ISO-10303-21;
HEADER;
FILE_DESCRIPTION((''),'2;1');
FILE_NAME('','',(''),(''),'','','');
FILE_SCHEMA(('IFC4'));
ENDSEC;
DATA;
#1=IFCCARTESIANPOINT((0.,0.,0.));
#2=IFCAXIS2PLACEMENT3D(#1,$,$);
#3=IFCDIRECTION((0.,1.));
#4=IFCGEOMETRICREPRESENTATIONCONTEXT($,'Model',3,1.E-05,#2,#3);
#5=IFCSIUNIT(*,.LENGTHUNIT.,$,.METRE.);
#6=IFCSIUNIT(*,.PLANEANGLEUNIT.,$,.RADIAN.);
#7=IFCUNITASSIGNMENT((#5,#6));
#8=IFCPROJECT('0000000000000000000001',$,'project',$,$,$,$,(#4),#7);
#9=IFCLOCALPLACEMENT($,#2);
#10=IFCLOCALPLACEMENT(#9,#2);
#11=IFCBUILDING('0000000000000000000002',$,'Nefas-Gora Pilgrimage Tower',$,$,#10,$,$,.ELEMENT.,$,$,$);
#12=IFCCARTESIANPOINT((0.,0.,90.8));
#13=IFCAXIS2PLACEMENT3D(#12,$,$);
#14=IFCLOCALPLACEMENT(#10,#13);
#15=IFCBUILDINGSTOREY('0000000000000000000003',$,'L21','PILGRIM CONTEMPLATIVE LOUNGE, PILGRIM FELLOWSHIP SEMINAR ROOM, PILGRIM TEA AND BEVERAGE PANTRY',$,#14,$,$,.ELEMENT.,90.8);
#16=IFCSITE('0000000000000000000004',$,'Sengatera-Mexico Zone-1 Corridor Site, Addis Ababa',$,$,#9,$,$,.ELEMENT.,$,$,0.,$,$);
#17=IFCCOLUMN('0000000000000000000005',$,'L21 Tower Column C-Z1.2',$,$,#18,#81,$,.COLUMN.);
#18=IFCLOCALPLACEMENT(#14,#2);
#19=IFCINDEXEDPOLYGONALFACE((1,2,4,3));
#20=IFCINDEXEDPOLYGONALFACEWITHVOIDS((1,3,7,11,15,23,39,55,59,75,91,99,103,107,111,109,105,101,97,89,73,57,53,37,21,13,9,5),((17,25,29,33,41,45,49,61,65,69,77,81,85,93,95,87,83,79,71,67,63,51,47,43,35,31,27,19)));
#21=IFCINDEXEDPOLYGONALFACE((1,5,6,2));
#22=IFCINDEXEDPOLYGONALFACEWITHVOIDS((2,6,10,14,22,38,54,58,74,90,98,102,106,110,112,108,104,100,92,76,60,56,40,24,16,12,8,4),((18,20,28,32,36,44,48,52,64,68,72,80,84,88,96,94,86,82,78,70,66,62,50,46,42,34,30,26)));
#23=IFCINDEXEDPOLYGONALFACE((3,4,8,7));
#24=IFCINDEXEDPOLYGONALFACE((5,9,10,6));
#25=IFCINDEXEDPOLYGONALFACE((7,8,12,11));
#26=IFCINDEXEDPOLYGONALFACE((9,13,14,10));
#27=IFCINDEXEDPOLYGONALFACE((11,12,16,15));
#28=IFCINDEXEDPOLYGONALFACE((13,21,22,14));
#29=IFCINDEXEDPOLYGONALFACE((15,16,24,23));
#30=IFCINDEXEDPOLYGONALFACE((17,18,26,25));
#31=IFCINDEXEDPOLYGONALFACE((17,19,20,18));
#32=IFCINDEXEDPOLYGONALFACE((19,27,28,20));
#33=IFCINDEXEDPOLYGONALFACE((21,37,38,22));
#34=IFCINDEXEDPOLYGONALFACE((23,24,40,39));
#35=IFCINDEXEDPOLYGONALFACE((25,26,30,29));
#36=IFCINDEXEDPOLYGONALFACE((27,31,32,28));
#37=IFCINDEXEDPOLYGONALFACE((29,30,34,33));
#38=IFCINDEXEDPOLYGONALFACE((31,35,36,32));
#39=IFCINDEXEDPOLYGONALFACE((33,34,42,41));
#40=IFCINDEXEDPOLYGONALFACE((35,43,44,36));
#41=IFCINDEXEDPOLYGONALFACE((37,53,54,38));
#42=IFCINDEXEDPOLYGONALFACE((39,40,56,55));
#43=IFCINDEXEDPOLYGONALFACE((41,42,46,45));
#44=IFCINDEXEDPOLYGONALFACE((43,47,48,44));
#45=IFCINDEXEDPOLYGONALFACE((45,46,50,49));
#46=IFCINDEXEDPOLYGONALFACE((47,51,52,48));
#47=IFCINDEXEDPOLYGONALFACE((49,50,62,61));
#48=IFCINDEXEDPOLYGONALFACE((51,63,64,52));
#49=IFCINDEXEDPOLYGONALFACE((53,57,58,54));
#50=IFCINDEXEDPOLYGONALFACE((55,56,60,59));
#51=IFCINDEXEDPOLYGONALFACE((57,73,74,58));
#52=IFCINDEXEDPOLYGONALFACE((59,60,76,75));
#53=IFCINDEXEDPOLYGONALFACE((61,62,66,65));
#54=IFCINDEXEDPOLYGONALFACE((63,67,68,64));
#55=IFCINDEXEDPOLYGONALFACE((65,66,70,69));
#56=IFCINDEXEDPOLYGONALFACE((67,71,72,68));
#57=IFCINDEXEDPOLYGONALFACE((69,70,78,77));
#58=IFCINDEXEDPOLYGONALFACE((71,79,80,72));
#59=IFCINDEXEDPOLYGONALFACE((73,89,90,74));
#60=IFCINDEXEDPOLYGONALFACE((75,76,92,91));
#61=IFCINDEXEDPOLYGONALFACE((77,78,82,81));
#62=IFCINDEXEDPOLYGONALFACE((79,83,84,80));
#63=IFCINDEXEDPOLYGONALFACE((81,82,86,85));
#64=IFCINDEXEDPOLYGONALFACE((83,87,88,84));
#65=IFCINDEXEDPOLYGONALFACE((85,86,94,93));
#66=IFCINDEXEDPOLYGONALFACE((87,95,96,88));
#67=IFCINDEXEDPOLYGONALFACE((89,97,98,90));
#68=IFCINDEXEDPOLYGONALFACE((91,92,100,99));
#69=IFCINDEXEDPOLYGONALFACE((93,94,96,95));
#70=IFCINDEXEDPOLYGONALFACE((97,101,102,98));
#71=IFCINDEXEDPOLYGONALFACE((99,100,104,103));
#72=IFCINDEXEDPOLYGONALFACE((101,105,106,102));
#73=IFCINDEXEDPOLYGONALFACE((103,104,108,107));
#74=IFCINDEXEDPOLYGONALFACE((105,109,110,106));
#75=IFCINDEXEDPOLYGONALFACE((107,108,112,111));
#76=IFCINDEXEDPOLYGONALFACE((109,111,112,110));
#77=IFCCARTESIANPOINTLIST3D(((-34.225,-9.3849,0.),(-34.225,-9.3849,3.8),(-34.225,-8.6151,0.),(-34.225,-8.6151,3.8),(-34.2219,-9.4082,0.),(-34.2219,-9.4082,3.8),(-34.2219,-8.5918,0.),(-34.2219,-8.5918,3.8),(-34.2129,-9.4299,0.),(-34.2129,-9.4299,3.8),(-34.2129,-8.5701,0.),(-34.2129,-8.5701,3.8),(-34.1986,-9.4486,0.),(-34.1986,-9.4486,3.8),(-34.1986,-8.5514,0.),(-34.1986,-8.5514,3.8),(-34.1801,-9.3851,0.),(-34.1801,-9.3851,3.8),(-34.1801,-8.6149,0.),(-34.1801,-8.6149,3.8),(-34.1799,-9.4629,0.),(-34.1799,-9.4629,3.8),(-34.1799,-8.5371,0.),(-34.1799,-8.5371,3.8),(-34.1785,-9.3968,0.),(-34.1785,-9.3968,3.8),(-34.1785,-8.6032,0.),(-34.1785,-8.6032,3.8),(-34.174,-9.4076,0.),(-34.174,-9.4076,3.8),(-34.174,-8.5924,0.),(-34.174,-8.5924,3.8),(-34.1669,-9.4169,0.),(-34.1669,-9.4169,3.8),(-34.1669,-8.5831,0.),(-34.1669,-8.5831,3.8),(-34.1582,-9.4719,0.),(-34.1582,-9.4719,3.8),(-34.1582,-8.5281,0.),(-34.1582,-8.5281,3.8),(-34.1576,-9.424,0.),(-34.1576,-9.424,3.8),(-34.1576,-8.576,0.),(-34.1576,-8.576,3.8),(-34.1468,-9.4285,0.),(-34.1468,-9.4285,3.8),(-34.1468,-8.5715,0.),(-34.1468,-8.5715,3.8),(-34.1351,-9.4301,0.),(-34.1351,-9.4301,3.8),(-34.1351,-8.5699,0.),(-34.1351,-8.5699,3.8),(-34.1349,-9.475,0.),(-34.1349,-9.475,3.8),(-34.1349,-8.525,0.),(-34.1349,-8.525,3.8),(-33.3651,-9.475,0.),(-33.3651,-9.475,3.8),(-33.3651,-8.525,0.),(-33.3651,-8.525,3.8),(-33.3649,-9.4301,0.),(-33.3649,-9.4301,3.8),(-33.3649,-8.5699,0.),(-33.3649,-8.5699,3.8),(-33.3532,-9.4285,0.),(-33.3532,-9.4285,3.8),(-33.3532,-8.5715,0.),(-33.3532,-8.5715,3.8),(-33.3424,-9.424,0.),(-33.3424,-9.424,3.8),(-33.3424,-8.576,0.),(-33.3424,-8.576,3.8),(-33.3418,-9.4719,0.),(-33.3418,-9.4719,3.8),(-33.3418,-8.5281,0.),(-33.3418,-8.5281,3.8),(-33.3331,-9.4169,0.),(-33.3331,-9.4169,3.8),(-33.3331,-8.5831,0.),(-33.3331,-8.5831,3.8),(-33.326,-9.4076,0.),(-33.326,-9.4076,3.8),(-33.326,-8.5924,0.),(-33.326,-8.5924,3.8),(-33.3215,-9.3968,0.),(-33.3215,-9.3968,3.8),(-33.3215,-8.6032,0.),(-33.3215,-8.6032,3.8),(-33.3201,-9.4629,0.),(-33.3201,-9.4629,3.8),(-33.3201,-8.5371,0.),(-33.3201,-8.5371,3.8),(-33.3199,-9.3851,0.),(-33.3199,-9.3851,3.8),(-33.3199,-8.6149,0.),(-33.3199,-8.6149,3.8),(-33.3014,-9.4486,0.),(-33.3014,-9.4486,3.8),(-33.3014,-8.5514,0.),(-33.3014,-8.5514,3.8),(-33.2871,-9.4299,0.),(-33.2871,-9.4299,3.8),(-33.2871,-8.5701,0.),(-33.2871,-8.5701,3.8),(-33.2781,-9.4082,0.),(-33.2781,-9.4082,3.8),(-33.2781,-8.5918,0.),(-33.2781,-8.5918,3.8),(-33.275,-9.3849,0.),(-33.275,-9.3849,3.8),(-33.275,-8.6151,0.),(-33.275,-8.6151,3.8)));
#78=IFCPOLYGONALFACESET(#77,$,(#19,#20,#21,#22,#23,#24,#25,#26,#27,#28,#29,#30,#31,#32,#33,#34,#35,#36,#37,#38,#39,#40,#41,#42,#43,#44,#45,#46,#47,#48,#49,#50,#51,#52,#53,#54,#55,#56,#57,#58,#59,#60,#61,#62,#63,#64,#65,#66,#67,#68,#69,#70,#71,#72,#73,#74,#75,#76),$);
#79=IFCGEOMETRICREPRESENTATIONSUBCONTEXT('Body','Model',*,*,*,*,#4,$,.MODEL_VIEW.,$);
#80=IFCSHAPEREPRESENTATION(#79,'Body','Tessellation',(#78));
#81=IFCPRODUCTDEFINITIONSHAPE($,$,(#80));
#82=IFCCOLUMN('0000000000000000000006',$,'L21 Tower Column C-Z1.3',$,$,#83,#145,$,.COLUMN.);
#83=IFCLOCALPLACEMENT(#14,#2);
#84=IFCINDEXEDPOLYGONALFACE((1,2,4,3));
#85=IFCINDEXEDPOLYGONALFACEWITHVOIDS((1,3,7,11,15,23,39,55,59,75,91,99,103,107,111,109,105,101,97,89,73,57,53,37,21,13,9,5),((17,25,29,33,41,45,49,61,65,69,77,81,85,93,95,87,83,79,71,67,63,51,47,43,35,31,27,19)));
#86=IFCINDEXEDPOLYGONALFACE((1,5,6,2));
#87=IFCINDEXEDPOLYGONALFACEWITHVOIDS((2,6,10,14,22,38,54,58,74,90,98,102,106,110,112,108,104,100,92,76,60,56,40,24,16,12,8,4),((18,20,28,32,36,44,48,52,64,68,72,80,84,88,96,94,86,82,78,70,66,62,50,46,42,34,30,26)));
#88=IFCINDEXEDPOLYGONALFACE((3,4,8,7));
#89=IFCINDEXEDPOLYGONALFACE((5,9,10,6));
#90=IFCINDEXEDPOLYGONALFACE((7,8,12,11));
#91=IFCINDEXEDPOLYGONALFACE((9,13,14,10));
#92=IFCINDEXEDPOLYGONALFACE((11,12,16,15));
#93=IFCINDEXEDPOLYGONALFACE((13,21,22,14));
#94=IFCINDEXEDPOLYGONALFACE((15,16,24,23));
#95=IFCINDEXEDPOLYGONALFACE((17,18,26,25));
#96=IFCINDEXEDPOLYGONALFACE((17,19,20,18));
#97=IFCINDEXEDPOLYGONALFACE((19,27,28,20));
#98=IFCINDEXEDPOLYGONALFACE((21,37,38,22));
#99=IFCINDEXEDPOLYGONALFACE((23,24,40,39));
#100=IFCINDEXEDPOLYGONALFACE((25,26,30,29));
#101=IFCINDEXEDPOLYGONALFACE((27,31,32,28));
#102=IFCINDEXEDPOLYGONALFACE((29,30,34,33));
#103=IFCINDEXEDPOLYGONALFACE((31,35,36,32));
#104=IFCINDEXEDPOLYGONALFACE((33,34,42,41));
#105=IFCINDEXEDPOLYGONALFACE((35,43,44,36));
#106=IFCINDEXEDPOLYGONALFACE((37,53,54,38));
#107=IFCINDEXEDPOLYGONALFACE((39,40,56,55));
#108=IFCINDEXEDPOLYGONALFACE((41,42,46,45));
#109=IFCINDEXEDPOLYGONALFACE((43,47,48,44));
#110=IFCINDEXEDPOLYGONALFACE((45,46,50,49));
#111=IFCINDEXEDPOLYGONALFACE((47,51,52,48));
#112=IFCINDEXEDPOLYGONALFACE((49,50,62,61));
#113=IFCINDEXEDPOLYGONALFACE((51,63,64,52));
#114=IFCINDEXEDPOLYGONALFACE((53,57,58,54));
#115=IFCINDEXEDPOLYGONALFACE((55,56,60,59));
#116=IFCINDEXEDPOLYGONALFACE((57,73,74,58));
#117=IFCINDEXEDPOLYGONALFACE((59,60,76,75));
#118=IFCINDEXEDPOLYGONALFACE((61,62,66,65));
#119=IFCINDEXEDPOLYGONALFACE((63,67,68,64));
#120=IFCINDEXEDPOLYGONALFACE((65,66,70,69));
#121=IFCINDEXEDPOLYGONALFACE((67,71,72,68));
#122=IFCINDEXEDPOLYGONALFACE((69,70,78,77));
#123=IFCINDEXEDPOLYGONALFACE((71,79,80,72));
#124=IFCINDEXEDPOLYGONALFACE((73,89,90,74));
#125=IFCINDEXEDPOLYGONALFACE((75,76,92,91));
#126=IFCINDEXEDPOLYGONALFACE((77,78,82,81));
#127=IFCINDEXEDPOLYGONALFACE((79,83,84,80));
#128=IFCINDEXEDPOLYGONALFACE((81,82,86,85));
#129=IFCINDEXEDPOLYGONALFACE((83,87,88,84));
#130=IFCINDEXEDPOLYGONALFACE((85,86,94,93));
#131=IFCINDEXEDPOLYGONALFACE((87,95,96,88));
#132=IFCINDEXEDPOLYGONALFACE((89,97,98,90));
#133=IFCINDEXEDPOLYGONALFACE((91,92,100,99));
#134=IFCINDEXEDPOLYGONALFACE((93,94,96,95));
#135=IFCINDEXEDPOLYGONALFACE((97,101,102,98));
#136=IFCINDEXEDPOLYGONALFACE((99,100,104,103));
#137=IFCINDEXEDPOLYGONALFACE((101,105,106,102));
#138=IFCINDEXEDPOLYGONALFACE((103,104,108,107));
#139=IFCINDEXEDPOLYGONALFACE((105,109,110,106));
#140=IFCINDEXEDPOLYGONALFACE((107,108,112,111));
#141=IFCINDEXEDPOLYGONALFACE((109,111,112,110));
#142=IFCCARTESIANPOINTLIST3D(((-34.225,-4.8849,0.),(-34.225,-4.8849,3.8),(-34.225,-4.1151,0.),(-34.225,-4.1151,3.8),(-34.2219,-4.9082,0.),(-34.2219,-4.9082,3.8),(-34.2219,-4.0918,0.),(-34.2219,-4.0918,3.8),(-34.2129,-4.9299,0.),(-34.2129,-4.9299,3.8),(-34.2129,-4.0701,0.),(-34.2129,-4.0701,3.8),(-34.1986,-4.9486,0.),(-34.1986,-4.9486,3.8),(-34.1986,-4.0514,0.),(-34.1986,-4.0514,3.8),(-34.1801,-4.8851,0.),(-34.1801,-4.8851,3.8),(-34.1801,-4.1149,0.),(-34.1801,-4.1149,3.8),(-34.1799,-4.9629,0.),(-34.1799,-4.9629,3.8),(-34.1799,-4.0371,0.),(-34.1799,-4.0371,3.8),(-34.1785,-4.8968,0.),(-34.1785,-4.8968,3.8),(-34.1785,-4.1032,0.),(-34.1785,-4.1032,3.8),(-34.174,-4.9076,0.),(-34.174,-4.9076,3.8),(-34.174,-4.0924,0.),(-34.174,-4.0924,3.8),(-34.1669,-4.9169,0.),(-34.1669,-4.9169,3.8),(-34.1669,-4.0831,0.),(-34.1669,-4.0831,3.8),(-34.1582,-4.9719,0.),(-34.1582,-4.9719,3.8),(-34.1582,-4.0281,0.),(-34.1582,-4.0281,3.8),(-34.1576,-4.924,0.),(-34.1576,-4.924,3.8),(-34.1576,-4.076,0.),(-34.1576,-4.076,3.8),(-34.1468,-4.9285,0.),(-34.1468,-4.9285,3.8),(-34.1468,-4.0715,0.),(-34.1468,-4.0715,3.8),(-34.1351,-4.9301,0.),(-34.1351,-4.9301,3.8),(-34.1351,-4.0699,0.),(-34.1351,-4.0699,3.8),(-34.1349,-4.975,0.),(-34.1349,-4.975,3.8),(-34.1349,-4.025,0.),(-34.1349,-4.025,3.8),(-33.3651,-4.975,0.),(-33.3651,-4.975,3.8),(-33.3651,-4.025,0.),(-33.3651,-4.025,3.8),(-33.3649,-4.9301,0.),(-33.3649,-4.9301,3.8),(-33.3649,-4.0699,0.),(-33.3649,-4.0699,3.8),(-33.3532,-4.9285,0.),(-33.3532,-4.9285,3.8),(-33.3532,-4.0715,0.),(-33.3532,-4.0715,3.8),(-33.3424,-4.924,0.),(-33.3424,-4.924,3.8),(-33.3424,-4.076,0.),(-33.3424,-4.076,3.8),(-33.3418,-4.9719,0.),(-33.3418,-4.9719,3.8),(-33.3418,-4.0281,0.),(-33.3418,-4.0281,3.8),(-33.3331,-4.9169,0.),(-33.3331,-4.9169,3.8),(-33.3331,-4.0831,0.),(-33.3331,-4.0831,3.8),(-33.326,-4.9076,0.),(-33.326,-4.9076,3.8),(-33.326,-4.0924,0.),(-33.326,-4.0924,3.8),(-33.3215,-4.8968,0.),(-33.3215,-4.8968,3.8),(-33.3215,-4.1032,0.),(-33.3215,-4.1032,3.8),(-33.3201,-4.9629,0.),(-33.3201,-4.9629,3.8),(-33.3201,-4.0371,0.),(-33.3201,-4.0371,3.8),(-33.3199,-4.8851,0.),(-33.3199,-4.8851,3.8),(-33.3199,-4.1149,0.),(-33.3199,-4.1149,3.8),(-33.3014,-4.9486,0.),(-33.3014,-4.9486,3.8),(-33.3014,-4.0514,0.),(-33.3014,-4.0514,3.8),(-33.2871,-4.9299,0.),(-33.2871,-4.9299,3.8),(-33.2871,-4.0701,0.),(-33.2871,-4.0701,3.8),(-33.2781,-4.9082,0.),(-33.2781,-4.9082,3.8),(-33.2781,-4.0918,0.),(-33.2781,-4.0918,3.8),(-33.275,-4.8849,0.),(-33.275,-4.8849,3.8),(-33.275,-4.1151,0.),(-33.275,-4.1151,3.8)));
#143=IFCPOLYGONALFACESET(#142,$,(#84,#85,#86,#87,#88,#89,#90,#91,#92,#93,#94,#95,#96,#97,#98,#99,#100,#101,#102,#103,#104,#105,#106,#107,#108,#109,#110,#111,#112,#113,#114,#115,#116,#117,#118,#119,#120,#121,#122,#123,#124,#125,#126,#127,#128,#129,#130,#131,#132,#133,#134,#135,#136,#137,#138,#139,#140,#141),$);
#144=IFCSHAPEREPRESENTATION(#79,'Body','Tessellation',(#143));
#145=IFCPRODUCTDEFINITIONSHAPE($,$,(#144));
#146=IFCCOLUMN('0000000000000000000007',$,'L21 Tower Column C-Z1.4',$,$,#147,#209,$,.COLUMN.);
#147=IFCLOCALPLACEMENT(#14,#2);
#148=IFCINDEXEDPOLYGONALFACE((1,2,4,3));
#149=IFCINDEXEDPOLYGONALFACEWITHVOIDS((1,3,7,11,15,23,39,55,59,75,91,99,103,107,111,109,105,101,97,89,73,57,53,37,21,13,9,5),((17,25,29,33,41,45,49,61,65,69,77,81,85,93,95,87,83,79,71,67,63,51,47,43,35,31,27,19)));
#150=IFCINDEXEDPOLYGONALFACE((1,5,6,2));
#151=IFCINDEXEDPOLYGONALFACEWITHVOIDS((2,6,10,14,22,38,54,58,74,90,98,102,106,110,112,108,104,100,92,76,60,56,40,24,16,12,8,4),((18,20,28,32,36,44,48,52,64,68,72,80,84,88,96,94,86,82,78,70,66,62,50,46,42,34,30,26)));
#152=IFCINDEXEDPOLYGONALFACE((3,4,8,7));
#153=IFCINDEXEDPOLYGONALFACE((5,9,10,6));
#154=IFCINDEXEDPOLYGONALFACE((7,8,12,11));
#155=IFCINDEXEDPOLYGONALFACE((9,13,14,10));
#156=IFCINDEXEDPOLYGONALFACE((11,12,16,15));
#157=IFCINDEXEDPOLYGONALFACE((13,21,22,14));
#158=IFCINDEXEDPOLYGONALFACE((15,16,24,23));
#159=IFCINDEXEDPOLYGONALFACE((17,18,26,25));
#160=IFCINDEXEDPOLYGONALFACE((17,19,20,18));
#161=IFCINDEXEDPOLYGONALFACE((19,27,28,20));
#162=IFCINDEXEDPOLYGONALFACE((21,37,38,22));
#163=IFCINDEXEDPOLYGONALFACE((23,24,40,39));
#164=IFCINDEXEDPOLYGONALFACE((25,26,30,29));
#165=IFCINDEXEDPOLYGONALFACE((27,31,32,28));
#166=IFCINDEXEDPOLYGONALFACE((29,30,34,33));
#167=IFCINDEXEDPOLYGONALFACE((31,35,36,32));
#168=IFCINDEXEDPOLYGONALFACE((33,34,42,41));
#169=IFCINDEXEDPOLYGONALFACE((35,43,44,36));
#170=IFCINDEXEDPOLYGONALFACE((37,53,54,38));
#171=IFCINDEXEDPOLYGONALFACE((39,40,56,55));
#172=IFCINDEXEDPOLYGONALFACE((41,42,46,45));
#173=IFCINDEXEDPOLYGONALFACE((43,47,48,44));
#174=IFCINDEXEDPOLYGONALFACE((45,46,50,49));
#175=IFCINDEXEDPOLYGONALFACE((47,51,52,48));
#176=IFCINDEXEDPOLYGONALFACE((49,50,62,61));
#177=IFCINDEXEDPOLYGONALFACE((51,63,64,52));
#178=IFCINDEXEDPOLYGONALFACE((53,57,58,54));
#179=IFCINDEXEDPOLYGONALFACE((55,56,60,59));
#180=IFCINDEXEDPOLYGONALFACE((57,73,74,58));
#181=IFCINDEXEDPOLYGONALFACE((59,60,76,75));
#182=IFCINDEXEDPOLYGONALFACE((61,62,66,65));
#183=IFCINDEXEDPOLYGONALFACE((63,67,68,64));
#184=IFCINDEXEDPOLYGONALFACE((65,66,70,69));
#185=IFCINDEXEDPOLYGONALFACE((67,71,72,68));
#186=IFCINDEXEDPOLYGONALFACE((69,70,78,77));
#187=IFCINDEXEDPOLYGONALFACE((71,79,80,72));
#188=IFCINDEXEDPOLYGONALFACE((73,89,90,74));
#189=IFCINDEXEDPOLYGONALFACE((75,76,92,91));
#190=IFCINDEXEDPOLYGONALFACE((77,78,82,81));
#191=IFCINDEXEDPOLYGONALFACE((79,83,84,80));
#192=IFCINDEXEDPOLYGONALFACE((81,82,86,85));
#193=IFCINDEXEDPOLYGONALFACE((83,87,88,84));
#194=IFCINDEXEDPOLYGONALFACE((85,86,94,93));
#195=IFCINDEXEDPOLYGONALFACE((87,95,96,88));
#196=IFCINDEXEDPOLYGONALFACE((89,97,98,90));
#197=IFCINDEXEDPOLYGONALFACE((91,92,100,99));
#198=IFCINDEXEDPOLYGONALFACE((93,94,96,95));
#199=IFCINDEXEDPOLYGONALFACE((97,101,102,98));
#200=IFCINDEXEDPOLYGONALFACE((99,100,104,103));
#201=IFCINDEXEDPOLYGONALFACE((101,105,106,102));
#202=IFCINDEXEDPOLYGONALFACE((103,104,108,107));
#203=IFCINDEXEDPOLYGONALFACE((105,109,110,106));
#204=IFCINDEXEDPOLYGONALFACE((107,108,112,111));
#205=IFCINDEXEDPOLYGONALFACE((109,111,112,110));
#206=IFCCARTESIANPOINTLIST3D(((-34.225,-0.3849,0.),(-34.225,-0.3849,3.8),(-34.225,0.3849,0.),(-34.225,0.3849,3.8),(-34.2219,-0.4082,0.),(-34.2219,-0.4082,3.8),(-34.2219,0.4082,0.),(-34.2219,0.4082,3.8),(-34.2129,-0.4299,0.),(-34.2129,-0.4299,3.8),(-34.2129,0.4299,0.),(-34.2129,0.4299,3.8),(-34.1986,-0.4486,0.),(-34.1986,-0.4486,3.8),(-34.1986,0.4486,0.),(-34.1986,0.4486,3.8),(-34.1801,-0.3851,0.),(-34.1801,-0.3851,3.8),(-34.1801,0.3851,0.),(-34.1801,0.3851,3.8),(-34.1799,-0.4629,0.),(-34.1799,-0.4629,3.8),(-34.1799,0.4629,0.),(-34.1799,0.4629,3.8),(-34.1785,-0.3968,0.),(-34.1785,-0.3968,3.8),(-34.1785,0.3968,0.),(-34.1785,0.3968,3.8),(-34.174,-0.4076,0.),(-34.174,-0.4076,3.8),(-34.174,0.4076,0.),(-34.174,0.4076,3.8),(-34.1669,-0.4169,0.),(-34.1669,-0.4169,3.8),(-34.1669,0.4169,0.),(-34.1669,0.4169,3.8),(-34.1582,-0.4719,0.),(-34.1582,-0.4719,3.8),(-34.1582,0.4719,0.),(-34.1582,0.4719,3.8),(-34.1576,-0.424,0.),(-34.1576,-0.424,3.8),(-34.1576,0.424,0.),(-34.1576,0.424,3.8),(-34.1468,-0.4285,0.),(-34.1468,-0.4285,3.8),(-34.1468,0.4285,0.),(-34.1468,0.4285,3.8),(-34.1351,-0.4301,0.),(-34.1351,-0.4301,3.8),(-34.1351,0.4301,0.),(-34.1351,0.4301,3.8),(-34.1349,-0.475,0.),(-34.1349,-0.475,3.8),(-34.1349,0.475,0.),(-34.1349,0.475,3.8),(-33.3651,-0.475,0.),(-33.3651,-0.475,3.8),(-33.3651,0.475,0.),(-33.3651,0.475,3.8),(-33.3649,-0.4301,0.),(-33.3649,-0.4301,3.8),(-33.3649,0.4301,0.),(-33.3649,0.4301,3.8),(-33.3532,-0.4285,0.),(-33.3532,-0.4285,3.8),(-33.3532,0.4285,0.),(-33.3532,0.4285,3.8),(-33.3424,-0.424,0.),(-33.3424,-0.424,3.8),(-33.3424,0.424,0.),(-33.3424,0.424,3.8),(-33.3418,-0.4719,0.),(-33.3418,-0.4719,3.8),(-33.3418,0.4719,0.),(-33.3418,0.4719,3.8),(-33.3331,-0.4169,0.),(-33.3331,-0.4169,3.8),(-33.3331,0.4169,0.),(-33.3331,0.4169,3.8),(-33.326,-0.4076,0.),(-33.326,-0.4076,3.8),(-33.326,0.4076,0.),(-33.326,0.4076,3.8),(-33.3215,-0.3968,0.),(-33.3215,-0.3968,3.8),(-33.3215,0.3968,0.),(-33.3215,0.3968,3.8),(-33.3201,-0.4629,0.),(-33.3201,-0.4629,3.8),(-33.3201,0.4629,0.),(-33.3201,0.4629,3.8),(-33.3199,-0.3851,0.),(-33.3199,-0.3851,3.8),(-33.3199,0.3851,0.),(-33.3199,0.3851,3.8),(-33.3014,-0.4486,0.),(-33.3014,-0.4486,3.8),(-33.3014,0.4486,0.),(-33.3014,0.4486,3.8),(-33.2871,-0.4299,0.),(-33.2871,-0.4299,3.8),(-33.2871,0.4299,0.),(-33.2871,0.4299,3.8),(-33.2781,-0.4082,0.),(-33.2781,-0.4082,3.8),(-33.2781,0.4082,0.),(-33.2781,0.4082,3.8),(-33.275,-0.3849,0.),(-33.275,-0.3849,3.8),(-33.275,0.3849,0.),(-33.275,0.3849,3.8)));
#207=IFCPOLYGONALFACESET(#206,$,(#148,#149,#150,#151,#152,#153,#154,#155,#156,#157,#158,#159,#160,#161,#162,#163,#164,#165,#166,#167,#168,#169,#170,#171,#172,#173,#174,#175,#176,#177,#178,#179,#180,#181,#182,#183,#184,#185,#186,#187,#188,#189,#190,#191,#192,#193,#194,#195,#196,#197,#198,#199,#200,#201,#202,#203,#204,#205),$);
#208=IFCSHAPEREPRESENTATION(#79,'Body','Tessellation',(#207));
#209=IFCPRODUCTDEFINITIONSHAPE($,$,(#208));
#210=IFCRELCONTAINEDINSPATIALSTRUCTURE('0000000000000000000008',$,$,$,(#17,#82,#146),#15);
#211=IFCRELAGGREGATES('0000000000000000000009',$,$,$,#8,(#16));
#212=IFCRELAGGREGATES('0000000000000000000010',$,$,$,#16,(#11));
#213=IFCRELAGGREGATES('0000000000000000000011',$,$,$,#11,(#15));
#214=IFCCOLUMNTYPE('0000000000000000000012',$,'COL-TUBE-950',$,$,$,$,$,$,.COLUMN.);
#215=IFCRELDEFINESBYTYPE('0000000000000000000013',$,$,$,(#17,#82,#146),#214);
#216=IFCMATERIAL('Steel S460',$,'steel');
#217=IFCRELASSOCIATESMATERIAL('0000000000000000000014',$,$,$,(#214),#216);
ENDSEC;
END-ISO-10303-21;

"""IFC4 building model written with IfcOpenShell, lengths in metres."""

from ifc_helpers import new_model, si_unit, direction, frame, origin, origin_2d, place, context, subcontext, project, spatial, hollow_rectangle, extrude, source, transform, mapped, material, material_profile, profile_set, type_object, element, save


model = new_model("IFC4")

# Units and contexts
model_context = context("Model", 3, precision=1e-05, world=origin(), true_north=direction((0.0, 1.0)))
body_context = subcontext(model_context, "Body", "Model", "MODEL_VIEW")
ifc_project = project(units=[si_unit("LENGTHUNIT", "METRE"), si_unit("PLANEANGLEUNIT", "RADIAN")], contexts=[model_context])

# Site, building, storey
site_placement = place(None, origin())
site = spatial("IfcSite", under=ifc_project, at=site_placement, Name="Sengatera-Mexico Zone-1 Corridor Site, Addis Ababa", CompositionType="ELEMENT", RefElevation=0.0)
building_placement = place(site_placement, origin())
building = spatial("IfcBuilding", under=site, at=building_placement, Name="Nefas-Gora Pilgrimage Tower", CompositionType="ELEMENT")
storey_placement = place(building_placement, frame((0.0, 0.0, 90.8)))
storey = spatial("IfcBuildingStorey", under=building, at=storey_placement, Name="L21", Description="PILGRIM CONTEMPLATIVE LOUNGE, PILGRIM FELLOWSHIP SEMINAR ROOM, PILGRIM TEA AND BEVERAGE PANTRY", CompositionType="ELEMENT", Elevation=90.8)

# Columns
ifc_material_1 = material(Name="Steel S460", Category="steel")
ifc_material_profile_1 = material_profile(ifc_material_1, hollow_rectangle(XDim=0.95, YDim=0.95, WallThickness=0.0449, InnerFilletRadius=0.0449, OuterFilletRadius=0.0901, at=origin_2d()), Name="BOX 950x950x45")
ifc_profile_set_1 = profile_set([ifc_material_profile_1], Name="Steel S460")
column_type_1 = type_object("IfcColumnType", Name="COL-TUBE-950", PredefinedType="COLUMN", material=ifc_profile_set_1)
shared_shape_1 = source(origin(), body_context, "Body", "SweptSolid", [
    extrude(hollow_rectangle(XDim=0.95, YDim=0.95, WallThickness=0.0449, InnerFilletRadius=0.0449, OuterFilletRadius=0.0901, at=origin_2d()), origin(), (0.0, 0.0, 1.0), 3.8),
])
for number, where, z_axis, x_axis, name in (
    (1, (-33.75, -9.0, 0.0), (0.0, 0.0, 1.0), (1.0, 0.0, 0.0), "L21 Tower Column C-Z1.2"),
    (2, (-33.75, -4.5, 0.0), (0.0, 0.0, 1.0), (1.0, 0.0, 0.0), "L21 Tower Column C-Z1.3"),
    (3, (-33.75, 0.0, 0.0), (0.0, 0.0, 1.0), (1.0, 0.0, 0.0), "L21 Tower Column C-Z1.4"),
):
    element("IfcColumn", number, at=place(storey_placement, frame(where, z_axis=z_axis, x_axis=x_axis)), inside=storey, type_object=column_type_1, Name=name, PredefinedType="COLUMN", context=body_context, shape_type="MappedRepresentation", body=[
        mapped(shared_shape_1, transform((0.0, 0.0, 0.0), x_axis=(1.0, 0.0, 0.0), y_axis=(0.0, 1.0, 0.0), z_axis=(0.0, 0.0, 1.0), scale=1.0)),
    ])

save(model, "model.ifc")
